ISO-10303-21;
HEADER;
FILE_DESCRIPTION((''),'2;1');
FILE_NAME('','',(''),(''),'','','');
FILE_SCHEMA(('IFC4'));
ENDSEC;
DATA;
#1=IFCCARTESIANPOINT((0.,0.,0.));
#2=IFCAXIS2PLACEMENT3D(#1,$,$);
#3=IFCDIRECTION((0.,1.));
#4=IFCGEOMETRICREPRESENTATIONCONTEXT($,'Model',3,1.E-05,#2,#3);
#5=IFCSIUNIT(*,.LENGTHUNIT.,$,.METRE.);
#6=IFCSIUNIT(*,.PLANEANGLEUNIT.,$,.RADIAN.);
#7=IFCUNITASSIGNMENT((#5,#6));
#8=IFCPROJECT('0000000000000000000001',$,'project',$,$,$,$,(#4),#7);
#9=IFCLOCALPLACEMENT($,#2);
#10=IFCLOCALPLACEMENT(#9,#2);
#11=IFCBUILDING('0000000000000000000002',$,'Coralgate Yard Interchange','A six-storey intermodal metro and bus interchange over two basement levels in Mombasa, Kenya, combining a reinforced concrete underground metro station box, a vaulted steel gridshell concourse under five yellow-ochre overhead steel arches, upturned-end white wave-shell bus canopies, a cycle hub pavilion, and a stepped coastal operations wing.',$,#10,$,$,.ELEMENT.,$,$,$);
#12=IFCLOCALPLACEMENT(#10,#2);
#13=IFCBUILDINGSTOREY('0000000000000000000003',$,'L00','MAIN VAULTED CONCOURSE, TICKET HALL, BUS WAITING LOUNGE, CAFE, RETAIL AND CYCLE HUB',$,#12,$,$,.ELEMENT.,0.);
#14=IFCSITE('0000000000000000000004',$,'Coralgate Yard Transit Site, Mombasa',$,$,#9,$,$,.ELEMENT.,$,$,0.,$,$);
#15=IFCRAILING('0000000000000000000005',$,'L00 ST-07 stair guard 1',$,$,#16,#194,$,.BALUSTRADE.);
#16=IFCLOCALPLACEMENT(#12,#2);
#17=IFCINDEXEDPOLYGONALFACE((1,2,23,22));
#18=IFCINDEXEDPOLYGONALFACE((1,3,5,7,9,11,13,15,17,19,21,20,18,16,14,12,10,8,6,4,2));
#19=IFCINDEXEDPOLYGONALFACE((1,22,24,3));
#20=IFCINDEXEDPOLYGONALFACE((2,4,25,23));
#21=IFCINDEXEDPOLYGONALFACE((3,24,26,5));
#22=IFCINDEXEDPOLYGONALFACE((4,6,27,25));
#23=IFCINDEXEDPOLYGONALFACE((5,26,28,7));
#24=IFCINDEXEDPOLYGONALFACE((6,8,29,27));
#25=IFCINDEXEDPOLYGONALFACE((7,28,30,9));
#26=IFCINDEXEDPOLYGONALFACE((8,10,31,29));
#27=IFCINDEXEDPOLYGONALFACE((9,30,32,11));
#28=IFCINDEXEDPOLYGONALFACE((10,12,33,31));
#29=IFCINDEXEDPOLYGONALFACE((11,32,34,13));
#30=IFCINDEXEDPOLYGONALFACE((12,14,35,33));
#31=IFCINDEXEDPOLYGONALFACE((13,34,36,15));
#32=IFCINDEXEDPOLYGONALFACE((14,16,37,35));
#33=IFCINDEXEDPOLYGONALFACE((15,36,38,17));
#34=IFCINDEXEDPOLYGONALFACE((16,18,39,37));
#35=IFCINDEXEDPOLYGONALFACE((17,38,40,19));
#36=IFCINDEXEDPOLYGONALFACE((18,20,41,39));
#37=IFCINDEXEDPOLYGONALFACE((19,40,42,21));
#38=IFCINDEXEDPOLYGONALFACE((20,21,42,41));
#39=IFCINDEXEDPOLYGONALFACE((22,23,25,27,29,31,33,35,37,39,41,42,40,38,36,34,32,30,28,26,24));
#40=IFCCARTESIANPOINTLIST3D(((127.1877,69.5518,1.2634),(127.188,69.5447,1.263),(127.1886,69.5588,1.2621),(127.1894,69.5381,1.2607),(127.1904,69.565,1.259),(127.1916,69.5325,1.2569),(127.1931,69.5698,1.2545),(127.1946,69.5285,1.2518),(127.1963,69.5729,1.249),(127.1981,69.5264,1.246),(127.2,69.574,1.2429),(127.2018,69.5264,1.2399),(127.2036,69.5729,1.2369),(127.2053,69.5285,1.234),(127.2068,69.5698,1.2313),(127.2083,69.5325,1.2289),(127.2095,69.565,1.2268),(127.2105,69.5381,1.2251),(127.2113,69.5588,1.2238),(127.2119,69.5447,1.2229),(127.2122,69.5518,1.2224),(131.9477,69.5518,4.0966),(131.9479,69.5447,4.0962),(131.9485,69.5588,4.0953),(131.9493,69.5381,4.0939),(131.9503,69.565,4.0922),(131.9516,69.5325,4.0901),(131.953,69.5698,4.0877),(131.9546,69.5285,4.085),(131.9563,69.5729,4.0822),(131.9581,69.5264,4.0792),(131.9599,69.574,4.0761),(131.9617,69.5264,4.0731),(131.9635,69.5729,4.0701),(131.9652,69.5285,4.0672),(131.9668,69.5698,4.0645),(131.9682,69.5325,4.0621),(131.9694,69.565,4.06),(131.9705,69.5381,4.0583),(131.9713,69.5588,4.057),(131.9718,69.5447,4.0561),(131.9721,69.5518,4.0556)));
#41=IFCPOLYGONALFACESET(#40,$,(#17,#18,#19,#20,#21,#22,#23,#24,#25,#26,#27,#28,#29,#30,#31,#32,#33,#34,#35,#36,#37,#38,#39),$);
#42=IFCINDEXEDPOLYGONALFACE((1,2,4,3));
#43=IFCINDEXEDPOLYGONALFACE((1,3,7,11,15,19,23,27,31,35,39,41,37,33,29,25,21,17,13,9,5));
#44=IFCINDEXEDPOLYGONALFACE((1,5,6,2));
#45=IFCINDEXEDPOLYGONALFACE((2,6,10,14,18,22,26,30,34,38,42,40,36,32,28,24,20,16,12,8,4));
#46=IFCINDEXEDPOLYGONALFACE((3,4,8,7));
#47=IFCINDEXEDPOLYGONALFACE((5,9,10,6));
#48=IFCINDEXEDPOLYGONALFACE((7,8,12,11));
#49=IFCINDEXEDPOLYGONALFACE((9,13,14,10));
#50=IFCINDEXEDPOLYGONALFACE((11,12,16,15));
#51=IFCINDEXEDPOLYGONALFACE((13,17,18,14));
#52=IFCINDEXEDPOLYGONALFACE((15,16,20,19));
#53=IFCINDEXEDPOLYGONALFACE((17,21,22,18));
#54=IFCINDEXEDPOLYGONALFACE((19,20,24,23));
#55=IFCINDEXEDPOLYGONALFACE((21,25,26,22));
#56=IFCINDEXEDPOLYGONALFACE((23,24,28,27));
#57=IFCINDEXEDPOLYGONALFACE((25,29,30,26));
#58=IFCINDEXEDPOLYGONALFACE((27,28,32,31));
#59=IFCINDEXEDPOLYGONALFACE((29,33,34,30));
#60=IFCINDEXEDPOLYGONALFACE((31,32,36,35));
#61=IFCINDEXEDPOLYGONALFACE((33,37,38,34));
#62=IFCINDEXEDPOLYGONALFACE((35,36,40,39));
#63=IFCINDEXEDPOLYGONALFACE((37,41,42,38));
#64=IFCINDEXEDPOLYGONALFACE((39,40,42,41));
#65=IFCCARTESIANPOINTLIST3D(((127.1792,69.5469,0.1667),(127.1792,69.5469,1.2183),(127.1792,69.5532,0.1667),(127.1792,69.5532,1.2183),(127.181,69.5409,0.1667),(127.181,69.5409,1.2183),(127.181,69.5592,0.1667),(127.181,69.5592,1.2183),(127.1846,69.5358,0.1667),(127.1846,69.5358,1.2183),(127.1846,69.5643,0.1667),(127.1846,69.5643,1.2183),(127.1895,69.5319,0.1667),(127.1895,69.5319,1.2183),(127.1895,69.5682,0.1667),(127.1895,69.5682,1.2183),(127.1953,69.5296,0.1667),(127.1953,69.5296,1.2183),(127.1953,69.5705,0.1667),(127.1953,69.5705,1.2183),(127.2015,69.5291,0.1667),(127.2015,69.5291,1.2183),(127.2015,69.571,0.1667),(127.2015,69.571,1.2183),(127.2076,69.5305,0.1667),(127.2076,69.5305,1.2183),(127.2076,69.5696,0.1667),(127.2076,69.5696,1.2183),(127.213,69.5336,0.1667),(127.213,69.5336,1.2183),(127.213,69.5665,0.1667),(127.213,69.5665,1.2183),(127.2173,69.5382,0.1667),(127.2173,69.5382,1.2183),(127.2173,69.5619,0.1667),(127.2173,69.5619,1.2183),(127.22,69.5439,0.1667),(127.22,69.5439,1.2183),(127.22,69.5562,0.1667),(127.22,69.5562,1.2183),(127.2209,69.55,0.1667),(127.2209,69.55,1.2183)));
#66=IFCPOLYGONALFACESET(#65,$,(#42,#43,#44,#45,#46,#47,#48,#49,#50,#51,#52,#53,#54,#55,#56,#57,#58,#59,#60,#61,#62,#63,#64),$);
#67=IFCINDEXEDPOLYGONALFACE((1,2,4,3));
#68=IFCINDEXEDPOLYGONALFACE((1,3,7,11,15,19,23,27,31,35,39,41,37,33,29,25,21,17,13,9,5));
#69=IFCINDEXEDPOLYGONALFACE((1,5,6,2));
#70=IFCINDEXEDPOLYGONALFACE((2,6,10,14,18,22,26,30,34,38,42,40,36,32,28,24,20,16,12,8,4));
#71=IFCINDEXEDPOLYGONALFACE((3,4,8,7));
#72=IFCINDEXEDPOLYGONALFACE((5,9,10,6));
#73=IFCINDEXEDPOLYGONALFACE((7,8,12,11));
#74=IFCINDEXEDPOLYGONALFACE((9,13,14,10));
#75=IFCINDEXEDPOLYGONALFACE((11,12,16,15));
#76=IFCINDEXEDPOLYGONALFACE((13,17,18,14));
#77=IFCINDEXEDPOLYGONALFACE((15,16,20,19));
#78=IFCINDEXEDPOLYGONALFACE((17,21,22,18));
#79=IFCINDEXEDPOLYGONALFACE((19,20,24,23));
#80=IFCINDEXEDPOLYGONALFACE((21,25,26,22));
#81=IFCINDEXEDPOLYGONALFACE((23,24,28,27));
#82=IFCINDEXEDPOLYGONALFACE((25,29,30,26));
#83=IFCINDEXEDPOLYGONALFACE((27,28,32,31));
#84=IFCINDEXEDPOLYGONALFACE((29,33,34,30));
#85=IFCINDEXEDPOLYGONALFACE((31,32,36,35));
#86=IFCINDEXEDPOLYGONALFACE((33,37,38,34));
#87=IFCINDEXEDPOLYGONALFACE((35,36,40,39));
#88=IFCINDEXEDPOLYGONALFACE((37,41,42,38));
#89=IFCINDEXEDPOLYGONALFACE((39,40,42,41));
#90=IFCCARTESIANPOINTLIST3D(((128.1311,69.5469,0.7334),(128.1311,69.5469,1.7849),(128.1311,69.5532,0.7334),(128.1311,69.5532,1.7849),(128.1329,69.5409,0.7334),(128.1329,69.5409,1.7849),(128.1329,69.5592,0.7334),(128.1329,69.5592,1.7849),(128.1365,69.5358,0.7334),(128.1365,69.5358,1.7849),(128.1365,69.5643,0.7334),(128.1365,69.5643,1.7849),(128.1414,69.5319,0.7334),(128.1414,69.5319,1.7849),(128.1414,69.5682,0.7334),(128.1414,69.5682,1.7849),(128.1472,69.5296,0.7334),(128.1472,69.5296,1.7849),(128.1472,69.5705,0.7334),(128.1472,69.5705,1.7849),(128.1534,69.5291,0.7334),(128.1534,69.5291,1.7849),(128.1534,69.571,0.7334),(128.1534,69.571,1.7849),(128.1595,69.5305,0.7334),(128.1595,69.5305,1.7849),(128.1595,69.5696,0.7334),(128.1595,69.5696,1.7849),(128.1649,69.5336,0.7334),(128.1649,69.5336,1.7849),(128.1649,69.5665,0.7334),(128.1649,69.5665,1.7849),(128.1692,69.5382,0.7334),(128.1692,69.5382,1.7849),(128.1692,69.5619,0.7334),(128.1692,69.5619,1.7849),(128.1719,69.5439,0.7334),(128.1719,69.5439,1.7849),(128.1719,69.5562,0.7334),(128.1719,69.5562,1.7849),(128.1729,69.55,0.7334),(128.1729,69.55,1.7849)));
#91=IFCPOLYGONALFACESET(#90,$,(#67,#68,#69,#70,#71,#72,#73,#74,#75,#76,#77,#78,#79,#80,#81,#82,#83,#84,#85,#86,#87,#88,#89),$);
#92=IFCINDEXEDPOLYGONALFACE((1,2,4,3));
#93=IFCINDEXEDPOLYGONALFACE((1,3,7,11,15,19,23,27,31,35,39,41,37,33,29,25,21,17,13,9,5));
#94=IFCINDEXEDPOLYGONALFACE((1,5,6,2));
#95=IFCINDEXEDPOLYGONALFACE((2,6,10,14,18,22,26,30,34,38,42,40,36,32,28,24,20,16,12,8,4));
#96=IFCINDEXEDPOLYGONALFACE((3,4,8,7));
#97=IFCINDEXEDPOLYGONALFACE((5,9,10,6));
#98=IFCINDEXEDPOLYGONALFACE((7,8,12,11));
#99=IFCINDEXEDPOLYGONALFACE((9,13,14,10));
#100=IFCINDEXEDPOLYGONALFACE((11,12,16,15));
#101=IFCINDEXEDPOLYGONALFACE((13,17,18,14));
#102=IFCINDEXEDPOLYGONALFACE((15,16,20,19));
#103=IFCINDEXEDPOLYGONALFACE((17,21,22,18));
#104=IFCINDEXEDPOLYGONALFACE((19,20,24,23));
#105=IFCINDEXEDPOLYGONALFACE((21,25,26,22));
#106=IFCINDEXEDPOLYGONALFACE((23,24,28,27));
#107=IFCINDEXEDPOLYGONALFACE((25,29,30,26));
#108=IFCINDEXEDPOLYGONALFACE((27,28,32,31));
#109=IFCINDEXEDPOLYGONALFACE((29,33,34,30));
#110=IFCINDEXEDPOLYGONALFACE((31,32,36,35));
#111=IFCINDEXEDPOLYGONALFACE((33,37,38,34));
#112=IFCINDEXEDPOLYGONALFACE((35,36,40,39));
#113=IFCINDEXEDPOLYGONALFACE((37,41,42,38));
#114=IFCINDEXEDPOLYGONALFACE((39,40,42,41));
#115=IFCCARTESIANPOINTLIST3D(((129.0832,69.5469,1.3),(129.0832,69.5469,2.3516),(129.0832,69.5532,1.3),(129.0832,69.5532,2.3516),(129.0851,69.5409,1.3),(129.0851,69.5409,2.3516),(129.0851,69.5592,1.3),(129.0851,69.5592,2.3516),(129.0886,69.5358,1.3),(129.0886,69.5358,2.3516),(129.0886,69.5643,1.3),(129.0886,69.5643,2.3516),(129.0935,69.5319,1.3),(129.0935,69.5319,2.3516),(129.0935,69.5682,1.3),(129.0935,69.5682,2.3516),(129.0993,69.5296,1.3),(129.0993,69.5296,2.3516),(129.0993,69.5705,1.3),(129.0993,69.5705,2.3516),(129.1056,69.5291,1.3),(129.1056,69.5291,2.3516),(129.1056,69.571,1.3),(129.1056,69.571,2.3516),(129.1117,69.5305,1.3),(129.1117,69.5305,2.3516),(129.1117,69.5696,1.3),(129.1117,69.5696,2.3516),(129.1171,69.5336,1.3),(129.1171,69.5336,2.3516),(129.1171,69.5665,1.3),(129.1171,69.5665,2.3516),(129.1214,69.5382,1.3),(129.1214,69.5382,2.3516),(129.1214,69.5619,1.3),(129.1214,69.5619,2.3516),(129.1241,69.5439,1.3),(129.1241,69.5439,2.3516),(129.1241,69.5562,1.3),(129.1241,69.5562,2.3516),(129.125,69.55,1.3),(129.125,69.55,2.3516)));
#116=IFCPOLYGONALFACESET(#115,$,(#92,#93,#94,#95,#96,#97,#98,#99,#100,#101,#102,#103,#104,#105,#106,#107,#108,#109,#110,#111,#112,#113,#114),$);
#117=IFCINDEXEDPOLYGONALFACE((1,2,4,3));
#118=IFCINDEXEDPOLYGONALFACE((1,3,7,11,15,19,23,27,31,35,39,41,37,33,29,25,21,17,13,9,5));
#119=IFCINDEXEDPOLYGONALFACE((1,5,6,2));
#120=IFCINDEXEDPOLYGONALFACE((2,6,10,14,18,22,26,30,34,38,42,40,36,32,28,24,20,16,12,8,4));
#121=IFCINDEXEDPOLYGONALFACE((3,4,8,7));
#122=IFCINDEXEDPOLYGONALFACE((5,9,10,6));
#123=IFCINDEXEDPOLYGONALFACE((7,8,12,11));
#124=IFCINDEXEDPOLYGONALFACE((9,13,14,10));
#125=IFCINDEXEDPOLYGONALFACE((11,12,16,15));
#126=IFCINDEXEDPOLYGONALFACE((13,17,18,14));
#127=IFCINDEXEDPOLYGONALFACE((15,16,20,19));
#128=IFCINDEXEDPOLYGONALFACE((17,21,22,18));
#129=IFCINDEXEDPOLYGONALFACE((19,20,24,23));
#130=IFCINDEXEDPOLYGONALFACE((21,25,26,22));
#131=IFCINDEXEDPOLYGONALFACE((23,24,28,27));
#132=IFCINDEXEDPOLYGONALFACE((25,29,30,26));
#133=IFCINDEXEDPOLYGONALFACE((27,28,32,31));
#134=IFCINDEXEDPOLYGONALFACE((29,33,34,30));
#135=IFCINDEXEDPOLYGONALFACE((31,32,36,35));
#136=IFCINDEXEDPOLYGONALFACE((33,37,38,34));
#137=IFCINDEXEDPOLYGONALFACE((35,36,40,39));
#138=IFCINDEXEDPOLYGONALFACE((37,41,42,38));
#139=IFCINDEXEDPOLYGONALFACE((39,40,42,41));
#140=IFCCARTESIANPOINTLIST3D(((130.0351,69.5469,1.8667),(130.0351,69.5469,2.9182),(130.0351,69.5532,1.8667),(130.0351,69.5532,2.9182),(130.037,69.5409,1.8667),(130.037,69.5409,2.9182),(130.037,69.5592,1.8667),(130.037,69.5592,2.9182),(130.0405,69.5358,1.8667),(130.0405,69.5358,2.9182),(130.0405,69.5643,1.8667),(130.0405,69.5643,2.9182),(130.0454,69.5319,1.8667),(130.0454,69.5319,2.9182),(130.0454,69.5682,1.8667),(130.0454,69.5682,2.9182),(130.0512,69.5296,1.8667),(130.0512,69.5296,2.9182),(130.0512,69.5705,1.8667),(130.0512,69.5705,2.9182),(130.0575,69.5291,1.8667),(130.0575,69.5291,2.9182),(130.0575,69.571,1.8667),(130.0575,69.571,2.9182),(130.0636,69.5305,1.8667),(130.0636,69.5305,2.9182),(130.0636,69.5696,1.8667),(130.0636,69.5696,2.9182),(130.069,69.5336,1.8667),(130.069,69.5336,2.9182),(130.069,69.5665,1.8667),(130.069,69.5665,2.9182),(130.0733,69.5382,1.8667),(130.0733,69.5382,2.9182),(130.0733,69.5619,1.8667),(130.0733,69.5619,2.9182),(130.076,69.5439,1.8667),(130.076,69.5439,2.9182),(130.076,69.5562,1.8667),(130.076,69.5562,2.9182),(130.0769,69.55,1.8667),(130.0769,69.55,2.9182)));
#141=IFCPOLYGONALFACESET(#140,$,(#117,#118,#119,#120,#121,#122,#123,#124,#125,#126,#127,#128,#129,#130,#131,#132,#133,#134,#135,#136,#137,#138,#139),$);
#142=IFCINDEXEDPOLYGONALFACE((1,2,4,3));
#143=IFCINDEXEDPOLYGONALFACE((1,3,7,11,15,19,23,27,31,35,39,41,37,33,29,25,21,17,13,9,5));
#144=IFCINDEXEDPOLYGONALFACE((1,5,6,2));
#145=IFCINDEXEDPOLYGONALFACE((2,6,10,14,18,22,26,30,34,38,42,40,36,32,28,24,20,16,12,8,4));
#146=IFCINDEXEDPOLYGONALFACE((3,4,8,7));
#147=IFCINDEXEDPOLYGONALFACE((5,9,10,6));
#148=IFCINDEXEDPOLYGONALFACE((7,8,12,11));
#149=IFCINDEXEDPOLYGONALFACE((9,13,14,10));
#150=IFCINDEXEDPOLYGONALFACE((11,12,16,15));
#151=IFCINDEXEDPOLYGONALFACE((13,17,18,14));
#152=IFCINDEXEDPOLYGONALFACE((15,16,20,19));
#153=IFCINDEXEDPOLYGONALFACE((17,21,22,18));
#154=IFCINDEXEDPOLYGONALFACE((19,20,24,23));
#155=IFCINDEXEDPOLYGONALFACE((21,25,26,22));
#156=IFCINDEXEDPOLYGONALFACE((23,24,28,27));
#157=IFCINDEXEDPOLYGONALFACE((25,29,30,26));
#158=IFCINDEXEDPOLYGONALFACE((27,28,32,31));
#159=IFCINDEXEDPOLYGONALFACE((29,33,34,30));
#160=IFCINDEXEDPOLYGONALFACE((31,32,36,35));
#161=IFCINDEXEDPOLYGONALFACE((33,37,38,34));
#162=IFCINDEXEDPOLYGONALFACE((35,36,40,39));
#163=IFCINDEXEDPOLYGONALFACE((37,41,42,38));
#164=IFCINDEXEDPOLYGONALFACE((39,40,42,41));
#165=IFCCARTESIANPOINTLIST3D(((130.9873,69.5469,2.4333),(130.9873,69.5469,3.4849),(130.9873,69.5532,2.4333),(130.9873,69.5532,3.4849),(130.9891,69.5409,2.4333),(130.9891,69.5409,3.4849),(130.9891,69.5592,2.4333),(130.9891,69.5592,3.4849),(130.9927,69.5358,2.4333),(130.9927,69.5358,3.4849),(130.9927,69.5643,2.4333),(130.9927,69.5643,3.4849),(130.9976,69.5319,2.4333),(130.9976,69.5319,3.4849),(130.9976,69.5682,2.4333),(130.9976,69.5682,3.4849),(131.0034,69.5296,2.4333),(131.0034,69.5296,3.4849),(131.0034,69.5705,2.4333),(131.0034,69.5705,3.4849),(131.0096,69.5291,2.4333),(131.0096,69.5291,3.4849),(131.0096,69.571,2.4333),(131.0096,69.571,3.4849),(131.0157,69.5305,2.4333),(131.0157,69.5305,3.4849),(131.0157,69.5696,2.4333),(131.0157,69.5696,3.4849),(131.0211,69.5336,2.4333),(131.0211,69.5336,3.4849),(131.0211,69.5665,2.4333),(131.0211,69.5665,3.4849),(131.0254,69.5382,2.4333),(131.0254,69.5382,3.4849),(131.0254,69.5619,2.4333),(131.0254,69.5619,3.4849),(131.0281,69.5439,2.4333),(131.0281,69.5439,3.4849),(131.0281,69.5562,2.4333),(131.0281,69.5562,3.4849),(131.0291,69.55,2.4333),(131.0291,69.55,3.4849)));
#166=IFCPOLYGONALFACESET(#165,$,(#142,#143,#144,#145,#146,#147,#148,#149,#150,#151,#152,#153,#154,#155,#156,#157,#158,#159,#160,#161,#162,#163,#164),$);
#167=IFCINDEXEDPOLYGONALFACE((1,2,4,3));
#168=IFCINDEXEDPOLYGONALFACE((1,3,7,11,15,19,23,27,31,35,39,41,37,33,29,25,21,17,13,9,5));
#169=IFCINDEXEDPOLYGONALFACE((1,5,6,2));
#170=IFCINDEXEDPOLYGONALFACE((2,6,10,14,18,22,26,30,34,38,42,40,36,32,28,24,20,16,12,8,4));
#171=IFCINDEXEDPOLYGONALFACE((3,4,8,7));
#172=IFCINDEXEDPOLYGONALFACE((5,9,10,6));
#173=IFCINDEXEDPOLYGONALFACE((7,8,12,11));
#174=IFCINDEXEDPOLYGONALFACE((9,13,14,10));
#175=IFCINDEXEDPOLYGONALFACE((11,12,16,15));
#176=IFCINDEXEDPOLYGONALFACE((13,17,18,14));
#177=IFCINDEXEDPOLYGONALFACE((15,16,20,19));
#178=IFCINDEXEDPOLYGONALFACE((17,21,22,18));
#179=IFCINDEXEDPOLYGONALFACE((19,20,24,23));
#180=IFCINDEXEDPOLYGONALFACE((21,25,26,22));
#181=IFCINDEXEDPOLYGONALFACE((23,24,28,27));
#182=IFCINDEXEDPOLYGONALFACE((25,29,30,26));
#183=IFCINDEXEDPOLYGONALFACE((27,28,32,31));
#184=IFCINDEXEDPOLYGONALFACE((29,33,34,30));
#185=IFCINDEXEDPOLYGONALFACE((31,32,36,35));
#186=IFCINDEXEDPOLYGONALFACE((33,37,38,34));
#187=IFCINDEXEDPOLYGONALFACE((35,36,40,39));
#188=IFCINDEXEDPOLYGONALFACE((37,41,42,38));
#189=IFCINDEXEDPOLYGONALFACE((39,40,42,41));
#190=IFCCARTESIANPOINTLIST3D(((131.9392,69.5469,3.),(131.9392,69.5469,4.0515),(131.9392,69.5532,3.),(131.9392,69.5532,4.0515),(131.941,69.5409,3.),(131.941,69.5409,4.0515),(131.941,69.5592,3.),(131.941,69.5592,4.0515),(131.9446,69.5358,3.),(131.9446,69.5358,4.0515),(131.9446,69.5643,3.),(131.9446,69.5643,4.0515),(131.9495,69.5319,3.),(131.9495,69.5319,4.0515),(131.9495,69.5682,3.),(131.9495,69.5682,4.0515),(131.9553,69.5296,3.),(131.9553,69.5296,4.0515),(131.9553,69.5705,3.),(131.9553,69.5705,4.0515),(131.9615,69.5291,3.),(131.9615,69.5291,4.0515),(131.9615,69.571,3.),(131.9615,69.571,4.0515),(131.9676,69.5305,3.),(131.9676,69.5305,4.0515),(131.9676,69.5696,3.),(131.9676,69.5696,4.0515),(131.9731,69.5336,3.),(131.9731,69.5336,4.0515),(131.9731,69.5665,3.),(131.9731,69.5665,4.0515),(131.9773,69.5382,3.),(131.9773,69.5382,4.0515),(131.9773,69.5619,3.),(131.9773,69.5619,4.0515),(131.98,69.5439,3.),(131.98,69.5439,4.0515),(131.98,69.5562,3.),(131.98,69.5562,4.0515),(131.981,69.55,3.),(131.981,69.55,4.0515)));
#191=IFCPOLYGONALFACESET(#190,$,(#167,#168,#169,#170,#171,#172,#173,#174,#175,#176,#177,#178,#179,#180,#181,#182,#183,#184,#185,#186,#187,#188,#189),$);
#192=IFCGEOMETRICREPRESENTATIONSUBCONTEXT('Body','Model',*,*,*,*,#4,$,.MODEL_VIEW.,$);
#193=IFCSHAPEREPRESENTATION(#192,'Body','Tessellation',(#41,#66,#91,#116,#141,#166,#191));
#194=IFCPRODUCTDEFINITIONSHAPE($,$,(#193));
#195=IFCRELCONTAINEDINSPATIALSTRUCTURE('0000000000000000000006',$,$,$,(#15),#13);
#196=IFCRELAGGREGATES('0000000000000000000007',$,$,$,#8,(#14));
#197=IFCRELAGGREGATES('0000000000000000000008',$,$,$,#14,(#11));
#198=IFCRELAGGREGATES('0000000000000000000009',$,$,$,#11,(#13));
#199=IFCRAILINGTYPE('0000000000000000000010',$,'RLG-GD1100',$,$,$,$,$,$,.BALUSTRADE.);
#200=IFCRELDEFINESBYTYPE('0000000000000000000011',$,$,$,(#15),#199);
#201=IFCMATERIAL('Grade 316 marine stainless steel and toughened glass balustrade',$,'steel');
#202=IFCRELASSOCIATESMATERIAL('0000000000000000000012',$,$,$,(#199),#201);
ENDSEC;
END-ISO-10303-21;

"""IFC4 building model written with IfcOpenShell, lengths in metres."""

from ifc_helpers import new_model, si_unit, direction, frame, origin, origin_2d, place, context, subcontext, project, spatial, circle, extrude, material, type_object, element, save


model = new_model("IFC4")

# Units and contexts
model_context = context("Model", 3, precision=1e-05, world=origin(), true_north=direction((0.0, 1.0)))
body_context = subcontext(model_context, "Body", "Model", "MODEL_VIEW")
ifc_project = project(units=[si_unit("LENGTHUNIT", "METRE"), si_unit("PLANEANGLEUNIT", "RADIAN")], contexts=[model_context])

# Site, building, storey
site_placement = place(None, origin())
site = spatial("IfcSite", under=ifc_project, at=site_placement, Name="Coralgate Yard Transit Site, Mombasa", CompositionType="ELEMENT", RefElevation=0.0)
building_placement = place(site_placement, origin())
building = spatial("IfcBuilding", under=site, at=building_placement, Name="Coralgate Yard Interchange", Description="A six-storey intermodal metro and bus interchange over two basement levels in Mombasa, Kenya, combining a reinforced concrete underground metro station box, a vaulted steel gridshell concourse under five yellow-ochre overhead steel arches, upturned-end white wave-shell bus canopies, a cycle hub pavilion, and a stepped coastal operations wing.", CompositionType="ELEMENT")
storey_placement = place(building_placement, origin())
storey = spatial("IfcBuildingStorey", under=building, at=storey_placement, Name="L00", Description="MAIN VAULTED CONCOURSE, TICKET HALL, BUS WAITING LOUNGE, CAFE, RETAIL AND CYCLE HUB", CompositionType="ELEMENT", Elevation=0.0)

# Railing
ifc_material_1 = material(Name="Grade 316 marine stainless steel and toughened glass balustrade", Category="steel")
railing_type_1 = type_object("IfcRailingType", Name="RLG-GD1100", PredefinedType="BALUSTRADE", material=ifc_material_1)
railing_1_placement = place(storey_placement, frame((127.2, 69.55, 0.1667)))
element("IfcRailing", 1, at=railing_1_placement, inside=storey, type_object=railing_type_1, Name="L00 ST-07 stair guard 1", PredefinedType="BALUSTRADE", context=body_context, shape_type="SweptSolid", body=[
    extrude(circle(Radius=0.0239, at=origin_2d()), frame((0.0, 0.0, 1.0762), z_axis=(0.8593, 0.0, 0.511472), x_axis=(0.0, 1.0, 0.0)), (0.0, 0.0, 1.0), 5.5393),
    extrude(circle(Radius=0.021, at=origin_2d()), origin(), (0.0, 0.0, 1.0), 1.0515),
    extrude(circle(Radius=0.021, at=origin_2d()), frame((0.9519, 0.0, 0.5667)), (0.0, 0.0, 1.0), 1.0515),
    extrude(circle(Radius=0.021, at=origin_2d()), frame((1.9041, 0.0, 1.1333)), (0.0, 0.0, 1.0), 1.0515),
    extrude(circle(Radius=0.021, at=origin_2d()), frame((2.856, 0.0, 1.7)), (0.0, 0.0, 1.0), 1.0515),
    extrude(circle(Radius=0.021, at=origin_2d()), frame((3.8081, 0.0, 2.2666)), (0.0, 0.0, 1.0), 1.0515),
    extrude(circle(Radius=0.021, at=origin_2d()), frame((4.76, 0.0, 2.8333)), (0.0, 0.0, 1.0), 1.0515),
])

save(model, "model.ifc")
